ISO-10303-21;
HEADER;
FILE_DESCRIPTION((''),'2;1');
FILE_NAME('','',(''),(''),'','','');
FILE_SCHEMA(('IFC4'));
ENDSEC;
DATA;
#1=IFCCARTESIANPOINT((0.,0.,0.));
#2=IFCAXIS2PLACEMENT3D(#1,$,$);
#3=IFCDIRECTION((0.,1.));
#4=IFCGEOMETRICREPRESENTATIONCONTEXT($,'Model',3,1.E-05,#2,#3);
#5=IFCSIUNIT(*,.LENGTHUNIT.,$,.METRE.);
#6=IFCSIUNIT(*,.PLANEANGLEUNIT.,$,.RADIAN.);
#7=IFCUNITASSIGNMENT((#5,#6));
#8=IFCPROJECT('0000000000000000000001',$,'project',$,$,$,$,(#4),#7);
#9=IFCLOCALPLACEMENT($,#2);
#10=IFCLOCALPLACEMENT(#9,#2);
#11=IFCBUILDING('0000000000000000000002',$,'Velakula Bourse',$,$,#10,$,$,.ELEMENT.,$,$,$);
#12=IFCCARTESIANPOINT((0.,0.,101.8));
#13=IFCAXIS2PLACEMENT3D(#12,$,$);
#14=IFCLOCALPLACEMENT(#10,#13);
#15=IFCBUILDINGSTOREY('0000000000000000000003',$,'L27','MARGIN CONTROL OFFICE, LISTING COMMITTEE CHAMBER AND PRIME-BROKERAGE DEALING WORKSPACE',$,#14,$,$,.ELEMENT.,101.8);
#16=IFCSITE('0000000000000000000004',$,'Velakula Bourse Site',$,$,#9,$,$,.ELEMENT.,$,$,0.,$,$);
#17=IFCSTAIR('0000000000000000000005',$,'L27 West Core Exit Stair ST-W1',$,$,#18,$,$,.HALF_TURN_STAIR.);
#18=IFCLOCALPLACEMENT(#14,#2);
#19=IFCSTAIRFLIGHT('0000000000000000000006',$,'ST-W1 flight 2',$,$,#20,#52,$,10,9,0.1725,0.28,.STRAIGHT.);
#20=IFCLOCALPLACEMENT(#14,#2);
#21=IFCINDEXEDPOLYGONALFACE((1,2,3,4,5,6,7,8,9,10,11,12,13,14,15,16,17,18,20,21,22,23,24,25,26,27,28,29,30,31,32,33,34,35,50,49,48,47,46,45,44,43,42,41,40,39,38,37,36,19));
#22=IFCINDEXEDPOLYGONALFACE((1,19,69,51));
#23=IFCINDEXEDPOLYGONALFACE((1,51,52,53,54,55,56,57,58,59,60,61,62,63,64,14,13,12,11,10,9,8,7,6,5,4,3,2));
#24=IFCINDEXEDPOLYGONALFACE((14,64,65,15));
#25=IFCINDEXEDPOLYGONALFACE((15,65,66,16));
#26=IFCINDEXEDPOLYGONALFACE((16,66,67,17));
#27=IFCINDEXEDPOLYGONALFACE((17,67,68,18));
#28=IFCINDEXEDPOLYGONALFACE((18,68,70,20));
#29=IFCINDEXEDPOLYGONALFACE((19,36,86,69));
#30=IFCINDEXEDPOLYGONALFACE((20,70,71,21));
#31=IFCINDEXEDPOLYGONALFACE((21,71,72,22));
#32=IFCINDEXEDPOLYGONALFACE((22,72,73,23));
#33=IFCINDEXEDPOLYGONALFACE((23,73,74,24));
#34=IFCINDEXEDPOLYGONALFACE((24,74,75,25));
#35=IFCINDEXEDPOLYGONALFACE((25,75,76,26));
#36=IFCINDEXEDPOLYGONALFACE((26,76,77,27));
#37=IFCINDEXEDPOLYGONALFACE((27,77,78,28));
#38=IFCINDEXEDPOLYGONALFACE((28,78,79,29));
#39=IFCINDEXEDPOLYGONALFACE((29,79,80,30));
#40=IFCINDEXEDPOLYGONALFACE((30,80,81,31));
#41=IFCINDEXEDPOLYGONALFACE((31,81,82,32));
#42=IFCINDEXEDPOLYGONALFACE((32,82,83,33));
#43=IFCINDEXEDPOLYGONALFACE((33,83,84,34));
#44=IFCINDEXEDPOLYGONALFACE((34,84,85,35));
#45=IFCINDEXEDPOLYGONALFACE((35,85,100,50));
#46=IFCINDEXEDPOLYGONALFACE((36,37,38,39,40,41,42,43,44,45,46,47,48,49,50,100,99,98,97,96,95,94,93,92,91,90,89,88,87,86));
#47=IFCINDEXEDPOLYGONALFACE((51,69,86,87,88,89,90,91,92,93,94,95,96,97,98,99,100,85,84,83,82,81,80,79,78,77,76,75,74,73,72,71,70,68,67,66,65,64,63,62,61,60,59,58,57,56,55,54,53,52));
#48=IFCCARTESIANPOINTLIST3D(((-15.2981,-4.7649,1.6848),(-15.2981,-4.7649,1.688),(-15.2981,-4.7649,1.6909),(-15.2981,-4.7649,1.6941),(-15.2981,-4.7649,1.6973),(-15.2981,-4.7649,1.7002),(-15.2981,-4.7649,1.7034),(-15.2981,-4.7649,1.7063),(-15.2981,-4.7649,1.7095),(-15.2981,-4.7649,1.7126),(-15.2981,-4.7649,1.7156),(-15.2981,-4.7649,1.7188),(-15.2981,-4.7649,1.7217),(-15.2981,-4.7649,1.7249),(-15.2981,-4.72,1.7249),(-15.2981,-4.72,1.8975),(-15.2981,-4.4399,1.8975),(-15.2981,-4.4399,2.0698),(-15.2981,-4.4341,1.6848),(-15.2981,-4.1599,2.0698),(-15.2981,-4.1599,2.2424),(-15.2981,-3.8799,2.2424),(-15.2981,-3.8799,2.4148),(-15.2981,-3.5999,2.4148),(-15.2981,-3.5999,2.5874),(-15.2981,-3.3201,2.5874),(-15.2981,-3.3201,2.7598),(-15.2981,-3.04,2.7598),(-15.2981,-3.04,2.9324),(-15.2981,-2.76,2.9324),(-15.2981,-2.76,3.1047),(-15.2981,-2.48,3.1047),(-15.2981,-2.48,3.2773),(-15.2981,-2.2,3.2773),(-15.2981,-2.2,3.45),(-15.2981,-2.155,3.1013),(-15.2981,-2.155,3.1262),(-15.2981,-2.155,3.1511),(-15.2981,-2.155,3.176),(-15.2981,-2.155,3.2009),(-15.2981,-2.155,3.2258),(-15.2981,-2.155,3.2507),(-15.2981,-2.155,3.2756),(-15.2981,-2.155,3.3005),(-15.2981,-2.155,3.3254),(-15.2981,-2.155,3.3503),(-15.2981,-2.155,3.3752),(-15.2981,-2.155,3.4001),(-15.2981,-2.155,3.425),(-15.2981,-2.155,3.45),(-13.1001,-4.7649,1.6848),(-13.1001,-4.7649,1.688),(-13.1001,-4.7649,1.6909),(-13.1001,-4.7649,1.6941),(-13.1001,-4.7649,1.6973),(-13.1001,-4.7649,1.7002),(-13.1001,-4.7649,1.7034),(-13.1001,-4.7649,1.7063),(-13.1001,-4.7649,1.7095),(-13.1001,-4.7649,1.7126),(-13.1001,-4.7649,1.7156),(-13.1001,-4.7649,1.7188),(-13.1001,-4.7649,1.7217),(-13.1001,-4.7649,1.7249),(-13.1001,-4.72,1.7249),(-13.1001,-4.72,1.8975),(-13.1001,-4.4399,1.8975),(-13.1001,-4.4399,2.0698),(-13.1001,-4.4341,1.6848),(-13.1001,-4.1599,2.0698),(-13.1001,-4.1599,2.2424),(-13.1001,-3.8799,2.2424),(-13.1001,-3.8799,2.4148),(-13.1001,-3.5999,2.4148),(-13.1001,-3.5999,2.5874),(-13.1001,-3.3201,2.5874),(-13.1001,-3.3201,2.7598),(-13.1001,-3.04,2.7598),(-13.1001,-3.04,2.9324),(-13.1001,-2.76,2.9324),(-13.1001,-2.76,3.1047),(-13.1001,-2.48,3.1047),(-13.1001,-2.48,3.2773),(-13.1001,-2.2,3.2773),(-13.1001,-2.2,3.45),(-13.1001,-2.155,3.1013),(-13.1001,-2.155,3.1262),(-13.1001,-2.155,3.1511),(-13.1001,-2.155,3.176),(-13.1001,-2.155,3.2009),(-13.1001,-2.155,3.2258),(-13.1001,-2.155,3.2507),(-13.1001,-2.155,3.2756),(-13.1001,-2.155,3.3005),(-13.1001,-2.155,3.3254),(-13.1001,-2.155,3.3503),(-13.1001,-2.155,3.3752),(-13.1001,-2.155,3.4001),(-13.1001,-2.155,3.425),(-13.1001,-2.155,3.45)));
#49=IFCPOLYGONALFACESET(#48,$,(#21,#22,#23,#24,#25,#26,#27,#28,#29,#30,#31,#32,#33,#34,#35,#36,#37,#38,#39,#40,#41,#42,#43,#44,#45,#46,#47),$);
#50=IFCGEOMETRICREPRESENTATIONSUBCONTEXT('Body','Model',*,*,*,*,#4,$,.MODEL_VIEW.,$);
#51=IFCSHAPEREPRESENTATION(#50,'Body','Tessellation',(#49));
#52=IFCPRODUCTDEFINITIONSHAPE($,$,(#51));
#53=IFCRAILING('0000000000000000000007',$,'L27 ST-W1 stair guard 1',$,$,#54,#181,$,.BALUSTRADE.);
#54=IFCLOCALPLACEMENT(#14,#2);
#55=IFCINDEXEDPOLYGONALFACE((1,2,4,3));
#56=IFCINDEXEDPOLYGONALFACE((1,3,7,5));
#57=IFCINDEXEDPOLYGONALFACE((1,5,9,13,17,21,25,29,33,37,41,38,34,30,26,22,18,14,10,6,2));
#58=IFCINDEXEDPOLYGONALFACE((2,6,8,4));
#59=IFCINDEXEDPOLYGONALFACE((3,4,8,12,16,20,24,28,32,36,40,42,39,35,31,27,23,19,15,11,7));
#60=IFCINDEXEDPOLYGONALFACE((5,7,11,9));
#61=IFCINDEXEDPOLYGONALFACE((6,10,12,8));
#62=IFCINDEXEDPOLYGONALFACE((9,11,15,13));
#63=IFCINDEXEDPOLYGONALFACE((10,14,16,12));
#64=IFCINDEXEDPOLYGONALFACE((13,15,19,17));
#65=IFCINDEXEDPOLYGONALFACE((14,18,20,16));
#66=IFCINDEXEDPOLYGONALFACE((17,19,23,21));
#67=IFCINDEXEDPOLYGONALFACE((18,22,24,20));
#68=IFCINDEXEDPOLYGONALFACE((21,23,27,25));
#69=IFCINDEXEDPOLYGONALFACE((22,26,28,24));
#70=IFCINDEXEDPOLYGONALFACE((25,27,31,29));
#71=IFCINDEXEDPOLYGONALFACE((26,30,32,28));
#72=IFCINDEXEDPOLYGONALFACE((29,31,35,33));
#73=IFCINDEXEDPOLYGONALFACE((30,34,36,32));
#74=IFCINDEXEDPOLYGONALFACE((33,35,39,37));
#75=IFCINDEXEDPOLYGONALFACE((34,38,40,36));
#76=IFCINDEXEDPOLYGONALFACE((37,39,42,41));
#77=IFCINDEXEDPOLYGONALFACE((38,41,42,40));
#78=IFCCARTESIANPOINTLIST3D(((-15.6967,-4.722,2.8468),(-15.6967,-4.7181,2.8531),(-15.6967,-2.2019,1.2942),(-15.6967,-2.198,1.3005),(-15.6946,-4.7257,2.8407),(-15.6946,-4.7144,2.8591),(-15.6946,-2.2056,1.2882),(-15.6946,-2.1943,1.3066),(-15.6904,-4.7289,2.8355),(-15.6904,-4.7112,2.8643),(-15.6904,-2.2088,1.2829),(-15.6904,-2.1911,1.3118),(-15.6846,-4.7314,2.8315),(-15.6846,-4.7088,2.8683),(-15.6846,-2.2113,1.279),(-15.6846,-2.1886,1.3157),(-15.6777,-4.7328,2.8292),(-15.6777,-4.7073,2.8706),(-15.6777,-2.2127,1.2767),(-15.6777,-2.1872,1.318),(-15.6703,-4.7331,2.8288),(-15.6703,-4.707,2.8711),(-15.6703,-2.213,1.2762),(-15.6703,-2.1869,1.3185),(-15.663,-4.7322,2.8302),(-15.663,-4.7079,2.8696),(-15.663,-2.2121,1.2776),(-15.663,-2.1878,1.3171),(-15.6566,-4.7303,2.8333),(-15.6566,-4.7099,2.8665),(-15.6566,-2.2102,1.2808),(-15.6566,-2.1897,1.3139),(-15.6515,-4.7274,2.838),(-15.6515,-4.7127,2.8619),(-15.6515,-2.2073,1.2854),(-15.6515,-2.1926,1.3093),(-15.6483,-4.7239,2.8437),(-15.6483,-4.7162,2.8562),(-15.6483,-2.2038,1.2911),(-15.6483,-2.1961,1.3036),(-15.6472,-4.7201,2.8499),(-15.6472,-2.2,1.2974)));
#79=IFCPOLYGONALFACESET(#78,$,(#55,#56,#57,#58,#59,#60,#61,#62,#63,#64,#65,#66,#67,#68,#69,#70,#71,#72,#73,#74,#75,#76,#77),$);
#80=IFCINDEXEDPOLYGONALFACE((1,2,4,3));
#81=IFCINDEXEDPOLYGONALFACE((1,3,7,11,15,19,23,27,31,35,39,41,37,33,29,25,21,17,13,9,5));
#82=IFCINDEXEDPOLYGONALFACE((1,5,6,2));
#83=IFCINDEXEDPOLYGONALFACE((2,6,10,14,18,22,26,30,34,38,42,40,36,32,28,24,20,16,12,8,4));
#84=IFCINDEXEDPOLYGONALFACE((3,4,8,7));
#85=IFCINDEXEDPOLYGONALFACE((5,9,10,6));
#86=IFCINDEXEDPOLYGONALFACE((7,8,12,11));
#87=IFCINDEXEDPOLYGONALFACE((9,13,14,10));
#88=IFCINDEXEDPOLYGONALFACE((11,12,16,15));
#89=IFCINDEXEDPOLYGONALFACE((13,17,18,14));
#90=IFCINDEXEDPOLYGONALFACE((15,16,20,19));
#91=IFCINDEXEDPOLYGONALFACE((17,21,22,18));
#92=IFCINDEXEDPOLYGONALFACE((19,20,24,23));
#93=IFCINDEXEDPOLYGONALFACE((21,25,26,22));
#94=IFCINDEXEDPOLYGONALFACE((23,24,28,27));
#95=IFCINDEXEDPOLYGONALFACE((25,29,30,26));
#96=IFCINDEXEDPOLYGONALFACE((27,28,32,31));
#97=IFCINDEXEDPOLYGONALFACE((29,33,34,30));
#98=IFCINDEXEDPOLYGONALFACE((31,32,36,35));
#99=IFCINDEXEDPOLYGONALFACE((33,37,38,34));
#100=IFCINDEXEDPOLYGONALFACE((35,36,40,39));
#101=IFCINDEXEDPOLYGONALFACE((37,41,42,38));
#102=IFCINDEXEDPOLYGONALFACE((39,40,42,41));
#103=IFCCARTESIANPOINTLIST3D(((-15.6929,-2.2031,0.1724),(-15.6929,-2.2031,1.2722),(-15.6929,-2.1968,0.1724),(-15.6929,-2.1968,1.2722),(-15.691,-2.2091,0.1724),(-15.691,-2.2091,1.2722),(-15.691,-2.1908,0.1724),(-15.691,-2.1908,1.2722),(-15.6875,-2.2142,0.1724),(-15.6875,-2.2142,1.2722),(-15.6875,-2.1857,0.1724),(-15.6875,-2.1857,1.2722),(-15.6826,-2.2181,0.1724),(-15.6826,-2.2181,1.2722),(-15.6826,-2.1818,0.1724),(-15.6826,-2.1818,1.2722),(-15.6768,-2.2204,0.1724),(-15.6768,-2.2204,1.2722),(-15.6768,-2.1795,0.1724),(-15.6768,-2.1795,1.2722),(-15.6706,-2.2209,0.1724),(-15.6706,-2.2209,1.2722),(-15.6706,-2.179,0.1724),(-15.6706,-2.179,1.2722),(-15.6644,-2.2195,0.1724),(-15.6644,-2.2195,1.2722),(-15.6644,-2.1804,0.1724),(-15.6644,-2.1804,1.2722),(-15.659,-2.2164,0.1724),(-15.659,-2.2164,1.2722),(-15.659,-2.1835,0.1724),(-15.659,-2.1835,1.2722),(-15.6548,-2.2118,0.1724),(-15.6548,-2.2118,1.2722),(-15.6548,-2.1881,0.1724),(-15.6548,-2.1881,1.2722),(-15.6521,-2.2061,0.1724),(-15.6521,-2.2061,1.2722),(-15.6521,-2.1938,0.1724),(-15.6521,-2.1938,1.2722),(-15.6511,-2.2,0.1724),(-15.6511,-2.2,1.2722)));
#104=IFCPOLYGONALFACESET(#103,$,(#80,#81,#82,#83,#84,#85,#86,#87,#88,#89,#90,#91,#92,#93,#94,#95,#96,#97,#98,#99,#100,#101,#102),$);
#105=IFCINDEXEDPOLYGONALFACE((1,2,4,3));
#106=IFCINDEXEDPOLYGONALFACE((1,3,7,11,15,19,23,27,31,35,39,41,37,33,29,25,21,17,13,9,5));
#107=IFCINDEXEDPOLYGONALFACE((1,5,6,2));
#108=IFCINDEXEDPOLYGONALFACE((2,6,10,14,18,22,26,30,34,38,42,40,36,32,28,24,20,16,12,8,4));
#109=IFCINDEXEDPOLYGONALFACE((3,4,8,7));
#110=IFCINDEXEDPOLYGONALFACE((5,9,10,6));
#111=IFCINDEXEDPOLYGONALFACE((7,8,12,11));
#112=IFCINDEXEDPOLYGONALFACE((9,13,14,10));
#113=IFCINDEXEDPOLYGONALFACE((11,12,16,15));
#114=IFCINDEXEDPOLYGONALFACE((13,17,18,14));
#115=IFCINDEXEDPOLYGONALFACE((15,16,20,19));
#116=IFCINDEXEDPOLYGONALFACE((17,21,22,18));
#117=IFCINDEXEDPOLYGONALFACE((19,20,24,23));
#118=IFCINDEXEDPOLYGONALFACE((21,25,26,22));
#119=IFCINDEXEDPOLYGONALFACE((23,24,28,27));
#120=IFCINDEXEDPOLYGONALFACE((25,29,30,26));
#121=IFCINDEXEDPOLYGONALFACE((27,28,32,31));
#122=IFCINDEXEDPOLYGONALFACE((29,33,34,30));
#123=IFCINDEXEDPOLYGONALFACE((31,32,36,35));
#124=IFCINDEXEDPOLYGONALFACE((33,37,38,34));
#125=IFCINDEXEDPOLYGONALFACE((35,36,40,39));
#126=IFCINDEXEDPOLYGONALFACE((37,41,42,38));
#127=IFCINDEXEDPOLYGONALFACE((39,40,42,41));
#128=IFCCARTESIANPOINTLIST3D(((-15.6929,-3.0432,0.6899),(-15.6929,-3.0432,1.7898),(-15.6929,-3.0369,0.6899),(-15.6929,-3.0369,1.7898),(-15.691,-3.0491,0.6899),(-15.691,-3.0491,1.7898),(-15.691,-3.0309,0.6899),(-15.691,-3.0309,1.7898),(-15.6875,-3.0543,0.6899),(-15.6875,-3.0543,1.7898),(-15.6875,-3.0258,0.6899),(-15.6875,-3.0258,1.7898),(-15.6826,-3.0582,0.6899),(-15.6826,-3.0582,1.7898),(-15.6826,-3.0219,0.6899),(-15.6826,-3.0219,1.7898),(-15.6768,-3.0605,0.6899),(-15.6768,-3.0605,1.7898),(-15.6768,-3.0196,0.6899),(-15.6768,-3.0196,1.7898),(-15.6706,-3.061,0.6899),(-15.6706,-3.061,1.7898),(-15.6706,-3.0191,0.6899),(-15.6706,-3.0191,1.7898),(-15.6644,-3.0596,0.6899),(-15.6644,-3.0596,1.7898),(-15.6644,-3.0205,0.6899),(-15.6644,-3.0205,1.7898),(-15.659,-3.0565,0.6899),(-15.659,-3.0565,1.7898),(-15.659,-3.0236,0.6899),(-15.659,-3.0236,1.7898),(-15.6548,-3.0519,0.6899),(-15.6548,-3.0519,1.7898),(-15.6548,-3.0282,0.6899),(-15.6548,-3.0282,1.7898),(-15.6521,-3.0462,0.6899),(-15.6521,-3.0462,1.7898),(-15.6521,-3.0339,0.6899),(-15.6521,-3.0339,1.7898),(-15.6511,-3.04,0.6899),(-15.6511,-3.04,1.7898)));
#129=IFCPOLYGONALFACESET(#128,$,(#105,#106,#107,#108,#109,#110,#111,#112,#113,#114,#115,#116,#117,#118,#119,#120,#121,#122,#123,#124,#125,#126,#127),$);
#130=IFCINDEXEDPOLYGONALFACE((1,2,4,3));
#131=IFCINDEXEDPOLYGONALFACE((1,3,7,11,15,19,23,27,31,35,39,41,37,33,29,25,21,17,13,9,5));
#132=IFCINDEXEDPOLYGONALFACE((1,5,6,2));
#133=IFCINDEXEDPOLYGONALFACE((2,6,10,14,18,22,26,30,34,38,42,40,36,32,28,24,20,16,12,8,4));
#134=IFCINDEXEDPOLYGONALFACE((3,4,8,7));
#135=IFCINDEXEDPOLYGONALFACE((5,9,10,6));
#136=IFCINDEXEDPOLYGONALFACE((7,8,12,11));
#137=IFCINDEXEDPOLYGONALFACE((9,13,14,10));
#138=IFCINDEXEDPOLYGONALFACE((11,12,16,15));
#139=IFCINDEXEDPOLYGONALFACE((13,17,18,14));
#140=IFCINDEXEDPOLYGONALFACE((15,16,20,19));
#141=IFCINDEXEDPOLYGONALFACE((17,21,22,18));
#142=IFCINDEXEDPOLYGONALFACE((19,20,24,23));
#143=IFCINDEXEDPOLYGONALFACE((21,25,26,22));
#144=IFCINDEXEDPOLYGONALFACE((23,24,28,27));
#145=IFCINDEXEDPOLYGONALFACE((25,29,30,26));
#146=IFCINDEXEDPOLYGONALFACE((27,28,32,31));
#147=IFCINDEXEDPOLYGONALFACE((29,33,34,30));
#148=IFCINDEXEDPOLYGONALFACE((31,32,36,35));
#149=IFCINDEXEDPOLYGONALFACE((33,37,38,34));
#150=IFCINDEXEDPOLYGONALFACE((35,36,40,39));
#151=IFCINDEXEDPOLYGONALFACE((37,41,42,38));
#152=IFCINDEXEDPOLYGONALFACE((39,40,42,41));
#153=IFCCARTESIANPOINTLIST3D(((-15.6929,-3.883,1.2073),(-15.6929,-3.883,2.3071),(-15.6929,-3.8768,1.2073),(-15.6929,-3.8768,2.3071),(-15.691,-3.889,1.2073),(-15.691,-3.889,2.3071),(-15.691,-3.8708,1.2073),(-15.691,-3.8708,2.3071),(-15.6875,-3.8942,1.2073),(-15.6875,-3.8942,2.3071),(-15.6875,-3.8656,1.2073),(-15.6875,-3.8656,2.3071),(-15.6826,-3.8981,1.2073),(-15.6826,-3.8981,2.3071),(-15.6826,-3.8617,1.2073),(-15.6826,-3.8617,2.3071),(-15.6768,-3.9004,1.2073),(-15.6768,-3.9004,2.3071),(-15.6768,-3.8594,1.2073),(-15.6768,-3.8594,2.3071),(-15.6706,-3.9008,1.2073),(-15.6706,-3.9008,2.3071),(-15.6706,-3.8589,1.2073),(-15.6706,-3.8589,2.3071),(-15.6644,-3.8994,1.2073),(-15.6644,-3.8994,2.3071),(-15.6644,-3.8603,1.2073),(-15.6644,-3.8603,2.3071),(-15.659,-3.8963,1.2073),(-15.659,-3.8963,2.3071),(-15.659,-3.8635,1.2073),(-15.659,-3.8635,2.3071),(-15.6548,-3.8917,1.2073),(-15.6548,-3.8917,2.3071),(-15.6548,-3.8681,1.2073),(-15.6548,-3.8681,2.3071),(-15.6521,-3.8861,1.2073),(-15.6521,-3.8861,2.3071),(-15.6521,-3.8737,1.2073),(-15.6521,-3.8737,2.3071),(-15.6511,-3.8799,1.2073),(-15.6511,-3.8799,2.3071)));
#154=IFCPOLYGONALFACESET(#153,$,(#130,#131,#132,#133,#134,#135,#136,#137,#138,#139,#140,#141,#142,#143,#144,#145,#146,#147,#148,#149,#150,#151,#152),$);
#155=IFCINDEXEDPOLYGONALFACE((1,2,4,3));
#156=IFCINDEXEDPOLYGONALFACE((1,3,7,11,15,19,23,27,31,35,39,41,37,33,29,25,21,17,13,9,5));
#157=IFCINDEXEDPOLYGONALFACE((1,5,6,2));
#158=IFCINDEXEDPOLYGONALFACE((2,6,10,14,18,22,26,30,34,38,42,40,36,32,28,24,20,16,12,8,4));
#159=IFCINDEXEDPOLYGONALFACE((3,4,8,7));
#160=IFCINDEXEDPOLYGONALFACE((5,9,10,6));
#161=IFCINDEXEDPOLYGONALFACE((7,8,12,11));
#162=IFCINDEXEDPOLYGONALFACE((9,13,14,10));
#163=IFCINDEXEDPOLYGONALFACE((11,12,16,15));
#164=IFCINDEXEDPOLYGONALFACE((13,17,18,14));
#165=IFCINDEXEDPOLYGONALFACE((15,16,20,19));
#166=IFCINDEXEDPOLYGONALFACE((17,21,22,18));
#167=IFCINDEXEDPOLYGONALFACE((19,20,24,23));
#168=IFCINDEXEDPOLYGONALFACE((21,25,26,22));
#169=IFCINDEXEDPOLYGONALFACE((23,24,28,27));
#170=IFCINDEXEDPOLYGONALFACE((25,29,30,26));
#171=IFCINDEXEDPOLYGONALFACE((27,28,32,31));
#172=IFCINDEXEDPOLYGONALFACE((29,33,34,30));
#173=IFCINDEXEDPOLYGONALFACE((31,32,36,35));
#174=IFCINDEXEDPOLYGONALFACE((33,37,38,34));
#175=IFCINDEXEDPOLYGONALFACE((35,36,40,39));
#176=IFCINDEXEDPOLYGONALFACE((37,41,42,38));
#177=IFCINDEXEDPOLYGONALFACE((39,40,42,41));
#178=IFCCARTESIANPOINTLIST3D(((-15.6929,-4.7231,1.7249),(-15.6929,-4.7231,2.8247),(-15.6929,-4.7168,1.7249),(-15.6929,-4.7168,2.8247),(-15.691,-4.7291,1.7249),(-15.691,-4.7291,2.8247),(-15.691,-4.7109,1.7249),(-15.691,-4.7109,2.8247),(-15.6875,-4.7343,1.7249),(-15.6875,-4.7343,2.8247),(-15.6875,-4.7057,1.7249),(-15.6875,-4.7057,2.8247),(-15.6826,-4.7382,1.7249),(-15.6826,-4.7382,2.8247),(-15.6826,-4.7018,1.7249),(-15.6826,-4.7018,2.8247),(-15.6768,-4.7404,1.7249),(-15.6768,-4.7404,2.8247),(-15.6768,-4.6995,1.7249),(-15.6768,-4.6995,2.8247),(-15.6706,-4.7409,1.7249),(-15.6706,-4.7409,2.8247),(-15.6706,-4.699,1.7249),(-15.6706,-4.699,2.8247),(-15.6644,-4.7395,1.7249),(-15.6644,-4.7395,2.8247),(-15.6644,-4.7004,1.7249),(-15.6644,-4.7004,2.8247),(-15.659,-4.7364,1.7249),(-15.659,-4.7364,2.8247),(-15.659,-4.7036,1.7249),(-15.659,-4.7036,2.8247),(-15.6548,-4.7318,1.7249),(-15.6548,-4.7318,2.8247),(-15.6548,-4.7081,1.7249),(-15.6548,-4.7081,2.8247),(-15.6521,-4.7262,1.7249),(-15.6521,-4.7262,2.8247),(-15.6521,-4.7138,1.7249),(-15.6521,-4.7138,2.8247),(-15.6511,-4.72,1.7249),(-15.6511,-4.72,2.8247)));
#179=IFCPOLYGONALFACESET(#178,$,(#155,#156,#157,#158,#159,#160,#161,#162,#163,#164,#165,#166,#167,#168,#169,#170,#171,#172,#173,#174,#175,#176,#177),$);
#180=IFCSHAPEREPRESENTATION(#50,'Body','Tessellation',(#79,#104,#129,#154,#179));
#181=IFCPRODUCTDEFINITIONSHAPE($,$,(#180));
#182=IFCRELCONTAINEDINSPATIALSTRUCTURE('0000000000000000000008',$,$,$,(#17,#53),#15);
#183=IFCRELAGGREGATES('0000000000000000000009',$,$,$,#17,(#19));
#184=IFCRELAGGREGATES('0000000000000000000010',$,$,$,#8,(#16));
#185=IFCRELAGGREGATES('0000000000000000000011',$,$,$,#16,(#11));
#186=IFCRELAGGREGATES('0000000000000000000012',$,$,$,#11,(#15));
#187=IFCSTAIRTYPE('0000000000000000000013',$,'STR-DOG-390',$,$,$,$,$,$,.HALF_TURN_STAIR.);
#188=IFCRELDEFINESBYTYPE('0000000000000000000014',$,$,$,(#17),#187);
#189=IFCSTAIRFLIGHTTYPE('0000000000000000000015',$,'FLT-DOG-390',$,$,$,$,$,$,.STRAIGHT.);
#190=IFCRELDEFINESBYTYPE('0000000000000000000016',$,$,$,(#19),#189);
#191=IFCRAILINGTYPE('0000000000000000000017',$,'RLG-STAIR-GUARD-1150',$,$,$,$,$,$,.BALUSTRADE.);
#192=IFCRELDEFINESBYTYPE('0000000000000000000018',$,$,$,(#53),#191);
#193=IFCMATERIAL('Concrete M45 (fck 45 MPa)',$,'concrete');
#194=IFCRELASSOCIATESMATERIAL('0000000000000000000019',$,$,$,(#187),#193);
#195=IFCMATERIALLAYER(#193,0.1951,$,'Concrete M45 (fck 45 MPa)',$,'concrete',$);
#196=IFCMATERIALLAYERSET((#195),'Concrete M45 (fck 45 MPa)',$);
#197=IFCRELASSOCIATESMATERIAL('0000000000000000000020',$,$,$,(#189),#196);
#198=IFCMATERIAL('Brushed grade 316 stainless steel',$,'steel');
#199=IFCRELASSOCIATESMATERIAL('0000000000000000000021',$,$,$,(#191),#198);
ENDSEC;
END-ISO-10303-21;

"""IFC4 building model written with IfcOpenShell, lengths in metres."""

from ifc_helpers import new_model, si_unit, direction, frame, origin, origin_2d, place, context, subcontext, project, spatial, polyline, circle, outline, extrude, material, layer, layer_set, type_object, element, aggregate, save


model = new_model("IFC4")

# Units and contexts
model_context = context("Model", 3, precision=1e-05, world=origin(), true_north=direction((0.0, 1.0)))
body_context = subcontext(model_context, "Body", "Model", "MODEL_VIEW")
ifc_project = project(units=[si_unit("LENGTHUNIT", "METRE"), si_unit("PLANEANGLEUNIT", "RADIAN")], contexts=[model_context])

# Site, building, storey
site_placement = place(None, origin())
site = spatial("IfcSite", under=ifc_project, at=site_placement, Name="Velakula Bourse Site", CompositionType="ELEMENT", RefElevation=0.0)
building_placement = place(site_placement, origin())
building = spatial("IfcBuilding", under=site, at=building_placement, Name="Velakula Bourse", CompositionType="ELEMENT")
storey_placement = place(building_placement, frame((0.0, 0.0, 101.8)))
storey = spatial("IfcBuildingStorey", under=building, at=storey_placement, Name="L27", Description="MARGIN CONTROL OFFICE, LISTING COMMITTEE CHAMBER AND PRIME-BROKERAGE DEALING WORKSPACE", CompositionType="ELEMENT", Elevation=101.8)

# Shared definitions
ifc_material_1 = material(Name="Brushed grade 316 stainless steel", Category="steel")

# Stair, stair flight
ifc_material_2 = material(Name="Concrete M45 (fck 45 MPa)", Category="concrete")
stair_type = type_object("IfcStairType", Name="STR-DOG-390", PredefinedType="HALF_TURN_STAIR", material=ifc_material_2)
stair_placement = place(storey_placement, origin())
stair = element("IfcStair", 1, at=stair_placement, inside=storey, type_object=stair_type, Name="L27 West Core Exit Stair ST-W1", PredefinedType="HALF_TURN_STAIR")
ifc_layer_1 = layer(ifc_material_2, 0.1951, Name="Concrete M45 (fck 45 MPa)", Category="concrete")
ifc_layer_set_1 = layer_set([ifc_layer_1], Name="Concrete M45 (fck 45 MPa)")
stair_flight_type = type_object("IfcStairFlightType", Name="FLT-DOG-390", PredefinedType="STRAIGHT", material=ifc_layer_set_1)
stair_flight_1_placement = place(storey_placement, frame((-14.199, -4.72, 1.7249), z_axis=(0.0, 0.0, 1.0), x_axis=(0.0, 1.0, 0.0)))
stair_flight_1 = element("IfcStairFlight", 2, at=stair_flight_1_placement, type_object=stair_flight_type, Name="ST-W1 flight 2", NumberOfRisers=10, NumberOfTreads=9, PredefinedType="STRAIGHT", RiserHeight=0.1725, TreadLength=0.28, context=body_context, shape_type="SweptSolid", body=[
    extrude(outline(polyline([(-0.0449, -0.04), (-0.0449, -0.0369), (-0.0449, -0.0339), (-0.0449, -0.0308), (-0.0449, -0.0276), (-0.0449, -0.0247), (-0.0449, -0.0215), (-0.0449, -0.0186), (-0.0449, -0.0154), (-0.0449, -0.0122), (-0.0449, -0.0093), (-0.0449, -0.0061), (-0.0449, -0.0032), (-0.0449, 0.0), (0.0, 0.0), (0.0, 0.1726), (0.28, 0.1726), (0.28, 0.345), (0.5601, 0.345), (0.5601, 0.5176), (0.8401, 0.5176), (0.8401, 0.6899), (1.1201, 0.6899), (1.1201, 0.8625), (1.3999, 0.8625), (1.3999, 1.0349), (1.6799, 1.0349), (1.6799, 1.2075), (1.96, 1.2075), (1.96, 1.3799), (2.24, 1.3799), (2.24, 1.5525), (2.52, 1.5525), (2.52, 1.7251), (2.5649, 1.7251), (2.5649, 1.7002), (2.5649, 1.6753), (2.5649, 1.6504), (2.5649, 1.6255), (2.5649, 1.6006), (2.5649, 1.5757), (2.5649, 1.5508), (2.5649, 1.5259), (2.5649, 1.501), (2.5649, 1.4761), (2.5649, 1.4512), (2.5649, 1.4263), (2.5649, 1.4014), (2.5649, 1.3765), (0.2859, -0.04), (-0.0449, -0.04)])), frame((0.0, 1.0991, 0.0), z_axis=(0.0, -1.0, 0.0), x_axis=(1.0, 0.0, 0.0)), (0.0, 0.0, 1.0), 2.198),
])
aggregate(stair, [stair_flight_1])

# Railing
railing_type_1 = type_object("IfcRailingType", Name="RLG-STAIR-GUARD-1150", PredefinedType="BALUSTRADE", material=ifc_material_1)
railing_1_placement = place(storey_placement, frame((-15.6721, -2.2, 0.1724)))
element("IfcRailing", 3, at=railing_1_placement, inside=storey, type_object=railing_type_1, Name="L27 ST-W1 stair guard 1", PredefinedType="BALUSTRADE", context=body_context, shape_type="SweptSolid", body=[
    extrude(circle(Radius=0.0249, at=origin_2d()), frame((0.0, 0.0, 1.125), z_axis=(0.0, -0.8514, 0.524516), x_axis=(1.0, 0.0, 0.0)), (0.0, 0.0, 1.0), 2.96),
    extrude(circle(Radius=0.021, at=origin_2d()), origin(), (0.0, 0.0, 1.0), 1.0999),
    extrude(circle(Radius=0.021, at=origin_2d()), frame((0.0, -0.8401, 0.5176)), (0.0, 0.0, 1.0), 1.0999),
    extrude(circle(Radius=0.021, at=origin_2d()), frame((0.0, -1.6799, 1.0349)), (0.0, 0.0, 1.0), 1.0999),
    extrude(circle(Radius=0.021, at=origin_2d()), frame((0.0, -2.52, 1.5525)), (0.0, 0.0, 1.0), 1.0999),
])

save(model, "model.ifc")
